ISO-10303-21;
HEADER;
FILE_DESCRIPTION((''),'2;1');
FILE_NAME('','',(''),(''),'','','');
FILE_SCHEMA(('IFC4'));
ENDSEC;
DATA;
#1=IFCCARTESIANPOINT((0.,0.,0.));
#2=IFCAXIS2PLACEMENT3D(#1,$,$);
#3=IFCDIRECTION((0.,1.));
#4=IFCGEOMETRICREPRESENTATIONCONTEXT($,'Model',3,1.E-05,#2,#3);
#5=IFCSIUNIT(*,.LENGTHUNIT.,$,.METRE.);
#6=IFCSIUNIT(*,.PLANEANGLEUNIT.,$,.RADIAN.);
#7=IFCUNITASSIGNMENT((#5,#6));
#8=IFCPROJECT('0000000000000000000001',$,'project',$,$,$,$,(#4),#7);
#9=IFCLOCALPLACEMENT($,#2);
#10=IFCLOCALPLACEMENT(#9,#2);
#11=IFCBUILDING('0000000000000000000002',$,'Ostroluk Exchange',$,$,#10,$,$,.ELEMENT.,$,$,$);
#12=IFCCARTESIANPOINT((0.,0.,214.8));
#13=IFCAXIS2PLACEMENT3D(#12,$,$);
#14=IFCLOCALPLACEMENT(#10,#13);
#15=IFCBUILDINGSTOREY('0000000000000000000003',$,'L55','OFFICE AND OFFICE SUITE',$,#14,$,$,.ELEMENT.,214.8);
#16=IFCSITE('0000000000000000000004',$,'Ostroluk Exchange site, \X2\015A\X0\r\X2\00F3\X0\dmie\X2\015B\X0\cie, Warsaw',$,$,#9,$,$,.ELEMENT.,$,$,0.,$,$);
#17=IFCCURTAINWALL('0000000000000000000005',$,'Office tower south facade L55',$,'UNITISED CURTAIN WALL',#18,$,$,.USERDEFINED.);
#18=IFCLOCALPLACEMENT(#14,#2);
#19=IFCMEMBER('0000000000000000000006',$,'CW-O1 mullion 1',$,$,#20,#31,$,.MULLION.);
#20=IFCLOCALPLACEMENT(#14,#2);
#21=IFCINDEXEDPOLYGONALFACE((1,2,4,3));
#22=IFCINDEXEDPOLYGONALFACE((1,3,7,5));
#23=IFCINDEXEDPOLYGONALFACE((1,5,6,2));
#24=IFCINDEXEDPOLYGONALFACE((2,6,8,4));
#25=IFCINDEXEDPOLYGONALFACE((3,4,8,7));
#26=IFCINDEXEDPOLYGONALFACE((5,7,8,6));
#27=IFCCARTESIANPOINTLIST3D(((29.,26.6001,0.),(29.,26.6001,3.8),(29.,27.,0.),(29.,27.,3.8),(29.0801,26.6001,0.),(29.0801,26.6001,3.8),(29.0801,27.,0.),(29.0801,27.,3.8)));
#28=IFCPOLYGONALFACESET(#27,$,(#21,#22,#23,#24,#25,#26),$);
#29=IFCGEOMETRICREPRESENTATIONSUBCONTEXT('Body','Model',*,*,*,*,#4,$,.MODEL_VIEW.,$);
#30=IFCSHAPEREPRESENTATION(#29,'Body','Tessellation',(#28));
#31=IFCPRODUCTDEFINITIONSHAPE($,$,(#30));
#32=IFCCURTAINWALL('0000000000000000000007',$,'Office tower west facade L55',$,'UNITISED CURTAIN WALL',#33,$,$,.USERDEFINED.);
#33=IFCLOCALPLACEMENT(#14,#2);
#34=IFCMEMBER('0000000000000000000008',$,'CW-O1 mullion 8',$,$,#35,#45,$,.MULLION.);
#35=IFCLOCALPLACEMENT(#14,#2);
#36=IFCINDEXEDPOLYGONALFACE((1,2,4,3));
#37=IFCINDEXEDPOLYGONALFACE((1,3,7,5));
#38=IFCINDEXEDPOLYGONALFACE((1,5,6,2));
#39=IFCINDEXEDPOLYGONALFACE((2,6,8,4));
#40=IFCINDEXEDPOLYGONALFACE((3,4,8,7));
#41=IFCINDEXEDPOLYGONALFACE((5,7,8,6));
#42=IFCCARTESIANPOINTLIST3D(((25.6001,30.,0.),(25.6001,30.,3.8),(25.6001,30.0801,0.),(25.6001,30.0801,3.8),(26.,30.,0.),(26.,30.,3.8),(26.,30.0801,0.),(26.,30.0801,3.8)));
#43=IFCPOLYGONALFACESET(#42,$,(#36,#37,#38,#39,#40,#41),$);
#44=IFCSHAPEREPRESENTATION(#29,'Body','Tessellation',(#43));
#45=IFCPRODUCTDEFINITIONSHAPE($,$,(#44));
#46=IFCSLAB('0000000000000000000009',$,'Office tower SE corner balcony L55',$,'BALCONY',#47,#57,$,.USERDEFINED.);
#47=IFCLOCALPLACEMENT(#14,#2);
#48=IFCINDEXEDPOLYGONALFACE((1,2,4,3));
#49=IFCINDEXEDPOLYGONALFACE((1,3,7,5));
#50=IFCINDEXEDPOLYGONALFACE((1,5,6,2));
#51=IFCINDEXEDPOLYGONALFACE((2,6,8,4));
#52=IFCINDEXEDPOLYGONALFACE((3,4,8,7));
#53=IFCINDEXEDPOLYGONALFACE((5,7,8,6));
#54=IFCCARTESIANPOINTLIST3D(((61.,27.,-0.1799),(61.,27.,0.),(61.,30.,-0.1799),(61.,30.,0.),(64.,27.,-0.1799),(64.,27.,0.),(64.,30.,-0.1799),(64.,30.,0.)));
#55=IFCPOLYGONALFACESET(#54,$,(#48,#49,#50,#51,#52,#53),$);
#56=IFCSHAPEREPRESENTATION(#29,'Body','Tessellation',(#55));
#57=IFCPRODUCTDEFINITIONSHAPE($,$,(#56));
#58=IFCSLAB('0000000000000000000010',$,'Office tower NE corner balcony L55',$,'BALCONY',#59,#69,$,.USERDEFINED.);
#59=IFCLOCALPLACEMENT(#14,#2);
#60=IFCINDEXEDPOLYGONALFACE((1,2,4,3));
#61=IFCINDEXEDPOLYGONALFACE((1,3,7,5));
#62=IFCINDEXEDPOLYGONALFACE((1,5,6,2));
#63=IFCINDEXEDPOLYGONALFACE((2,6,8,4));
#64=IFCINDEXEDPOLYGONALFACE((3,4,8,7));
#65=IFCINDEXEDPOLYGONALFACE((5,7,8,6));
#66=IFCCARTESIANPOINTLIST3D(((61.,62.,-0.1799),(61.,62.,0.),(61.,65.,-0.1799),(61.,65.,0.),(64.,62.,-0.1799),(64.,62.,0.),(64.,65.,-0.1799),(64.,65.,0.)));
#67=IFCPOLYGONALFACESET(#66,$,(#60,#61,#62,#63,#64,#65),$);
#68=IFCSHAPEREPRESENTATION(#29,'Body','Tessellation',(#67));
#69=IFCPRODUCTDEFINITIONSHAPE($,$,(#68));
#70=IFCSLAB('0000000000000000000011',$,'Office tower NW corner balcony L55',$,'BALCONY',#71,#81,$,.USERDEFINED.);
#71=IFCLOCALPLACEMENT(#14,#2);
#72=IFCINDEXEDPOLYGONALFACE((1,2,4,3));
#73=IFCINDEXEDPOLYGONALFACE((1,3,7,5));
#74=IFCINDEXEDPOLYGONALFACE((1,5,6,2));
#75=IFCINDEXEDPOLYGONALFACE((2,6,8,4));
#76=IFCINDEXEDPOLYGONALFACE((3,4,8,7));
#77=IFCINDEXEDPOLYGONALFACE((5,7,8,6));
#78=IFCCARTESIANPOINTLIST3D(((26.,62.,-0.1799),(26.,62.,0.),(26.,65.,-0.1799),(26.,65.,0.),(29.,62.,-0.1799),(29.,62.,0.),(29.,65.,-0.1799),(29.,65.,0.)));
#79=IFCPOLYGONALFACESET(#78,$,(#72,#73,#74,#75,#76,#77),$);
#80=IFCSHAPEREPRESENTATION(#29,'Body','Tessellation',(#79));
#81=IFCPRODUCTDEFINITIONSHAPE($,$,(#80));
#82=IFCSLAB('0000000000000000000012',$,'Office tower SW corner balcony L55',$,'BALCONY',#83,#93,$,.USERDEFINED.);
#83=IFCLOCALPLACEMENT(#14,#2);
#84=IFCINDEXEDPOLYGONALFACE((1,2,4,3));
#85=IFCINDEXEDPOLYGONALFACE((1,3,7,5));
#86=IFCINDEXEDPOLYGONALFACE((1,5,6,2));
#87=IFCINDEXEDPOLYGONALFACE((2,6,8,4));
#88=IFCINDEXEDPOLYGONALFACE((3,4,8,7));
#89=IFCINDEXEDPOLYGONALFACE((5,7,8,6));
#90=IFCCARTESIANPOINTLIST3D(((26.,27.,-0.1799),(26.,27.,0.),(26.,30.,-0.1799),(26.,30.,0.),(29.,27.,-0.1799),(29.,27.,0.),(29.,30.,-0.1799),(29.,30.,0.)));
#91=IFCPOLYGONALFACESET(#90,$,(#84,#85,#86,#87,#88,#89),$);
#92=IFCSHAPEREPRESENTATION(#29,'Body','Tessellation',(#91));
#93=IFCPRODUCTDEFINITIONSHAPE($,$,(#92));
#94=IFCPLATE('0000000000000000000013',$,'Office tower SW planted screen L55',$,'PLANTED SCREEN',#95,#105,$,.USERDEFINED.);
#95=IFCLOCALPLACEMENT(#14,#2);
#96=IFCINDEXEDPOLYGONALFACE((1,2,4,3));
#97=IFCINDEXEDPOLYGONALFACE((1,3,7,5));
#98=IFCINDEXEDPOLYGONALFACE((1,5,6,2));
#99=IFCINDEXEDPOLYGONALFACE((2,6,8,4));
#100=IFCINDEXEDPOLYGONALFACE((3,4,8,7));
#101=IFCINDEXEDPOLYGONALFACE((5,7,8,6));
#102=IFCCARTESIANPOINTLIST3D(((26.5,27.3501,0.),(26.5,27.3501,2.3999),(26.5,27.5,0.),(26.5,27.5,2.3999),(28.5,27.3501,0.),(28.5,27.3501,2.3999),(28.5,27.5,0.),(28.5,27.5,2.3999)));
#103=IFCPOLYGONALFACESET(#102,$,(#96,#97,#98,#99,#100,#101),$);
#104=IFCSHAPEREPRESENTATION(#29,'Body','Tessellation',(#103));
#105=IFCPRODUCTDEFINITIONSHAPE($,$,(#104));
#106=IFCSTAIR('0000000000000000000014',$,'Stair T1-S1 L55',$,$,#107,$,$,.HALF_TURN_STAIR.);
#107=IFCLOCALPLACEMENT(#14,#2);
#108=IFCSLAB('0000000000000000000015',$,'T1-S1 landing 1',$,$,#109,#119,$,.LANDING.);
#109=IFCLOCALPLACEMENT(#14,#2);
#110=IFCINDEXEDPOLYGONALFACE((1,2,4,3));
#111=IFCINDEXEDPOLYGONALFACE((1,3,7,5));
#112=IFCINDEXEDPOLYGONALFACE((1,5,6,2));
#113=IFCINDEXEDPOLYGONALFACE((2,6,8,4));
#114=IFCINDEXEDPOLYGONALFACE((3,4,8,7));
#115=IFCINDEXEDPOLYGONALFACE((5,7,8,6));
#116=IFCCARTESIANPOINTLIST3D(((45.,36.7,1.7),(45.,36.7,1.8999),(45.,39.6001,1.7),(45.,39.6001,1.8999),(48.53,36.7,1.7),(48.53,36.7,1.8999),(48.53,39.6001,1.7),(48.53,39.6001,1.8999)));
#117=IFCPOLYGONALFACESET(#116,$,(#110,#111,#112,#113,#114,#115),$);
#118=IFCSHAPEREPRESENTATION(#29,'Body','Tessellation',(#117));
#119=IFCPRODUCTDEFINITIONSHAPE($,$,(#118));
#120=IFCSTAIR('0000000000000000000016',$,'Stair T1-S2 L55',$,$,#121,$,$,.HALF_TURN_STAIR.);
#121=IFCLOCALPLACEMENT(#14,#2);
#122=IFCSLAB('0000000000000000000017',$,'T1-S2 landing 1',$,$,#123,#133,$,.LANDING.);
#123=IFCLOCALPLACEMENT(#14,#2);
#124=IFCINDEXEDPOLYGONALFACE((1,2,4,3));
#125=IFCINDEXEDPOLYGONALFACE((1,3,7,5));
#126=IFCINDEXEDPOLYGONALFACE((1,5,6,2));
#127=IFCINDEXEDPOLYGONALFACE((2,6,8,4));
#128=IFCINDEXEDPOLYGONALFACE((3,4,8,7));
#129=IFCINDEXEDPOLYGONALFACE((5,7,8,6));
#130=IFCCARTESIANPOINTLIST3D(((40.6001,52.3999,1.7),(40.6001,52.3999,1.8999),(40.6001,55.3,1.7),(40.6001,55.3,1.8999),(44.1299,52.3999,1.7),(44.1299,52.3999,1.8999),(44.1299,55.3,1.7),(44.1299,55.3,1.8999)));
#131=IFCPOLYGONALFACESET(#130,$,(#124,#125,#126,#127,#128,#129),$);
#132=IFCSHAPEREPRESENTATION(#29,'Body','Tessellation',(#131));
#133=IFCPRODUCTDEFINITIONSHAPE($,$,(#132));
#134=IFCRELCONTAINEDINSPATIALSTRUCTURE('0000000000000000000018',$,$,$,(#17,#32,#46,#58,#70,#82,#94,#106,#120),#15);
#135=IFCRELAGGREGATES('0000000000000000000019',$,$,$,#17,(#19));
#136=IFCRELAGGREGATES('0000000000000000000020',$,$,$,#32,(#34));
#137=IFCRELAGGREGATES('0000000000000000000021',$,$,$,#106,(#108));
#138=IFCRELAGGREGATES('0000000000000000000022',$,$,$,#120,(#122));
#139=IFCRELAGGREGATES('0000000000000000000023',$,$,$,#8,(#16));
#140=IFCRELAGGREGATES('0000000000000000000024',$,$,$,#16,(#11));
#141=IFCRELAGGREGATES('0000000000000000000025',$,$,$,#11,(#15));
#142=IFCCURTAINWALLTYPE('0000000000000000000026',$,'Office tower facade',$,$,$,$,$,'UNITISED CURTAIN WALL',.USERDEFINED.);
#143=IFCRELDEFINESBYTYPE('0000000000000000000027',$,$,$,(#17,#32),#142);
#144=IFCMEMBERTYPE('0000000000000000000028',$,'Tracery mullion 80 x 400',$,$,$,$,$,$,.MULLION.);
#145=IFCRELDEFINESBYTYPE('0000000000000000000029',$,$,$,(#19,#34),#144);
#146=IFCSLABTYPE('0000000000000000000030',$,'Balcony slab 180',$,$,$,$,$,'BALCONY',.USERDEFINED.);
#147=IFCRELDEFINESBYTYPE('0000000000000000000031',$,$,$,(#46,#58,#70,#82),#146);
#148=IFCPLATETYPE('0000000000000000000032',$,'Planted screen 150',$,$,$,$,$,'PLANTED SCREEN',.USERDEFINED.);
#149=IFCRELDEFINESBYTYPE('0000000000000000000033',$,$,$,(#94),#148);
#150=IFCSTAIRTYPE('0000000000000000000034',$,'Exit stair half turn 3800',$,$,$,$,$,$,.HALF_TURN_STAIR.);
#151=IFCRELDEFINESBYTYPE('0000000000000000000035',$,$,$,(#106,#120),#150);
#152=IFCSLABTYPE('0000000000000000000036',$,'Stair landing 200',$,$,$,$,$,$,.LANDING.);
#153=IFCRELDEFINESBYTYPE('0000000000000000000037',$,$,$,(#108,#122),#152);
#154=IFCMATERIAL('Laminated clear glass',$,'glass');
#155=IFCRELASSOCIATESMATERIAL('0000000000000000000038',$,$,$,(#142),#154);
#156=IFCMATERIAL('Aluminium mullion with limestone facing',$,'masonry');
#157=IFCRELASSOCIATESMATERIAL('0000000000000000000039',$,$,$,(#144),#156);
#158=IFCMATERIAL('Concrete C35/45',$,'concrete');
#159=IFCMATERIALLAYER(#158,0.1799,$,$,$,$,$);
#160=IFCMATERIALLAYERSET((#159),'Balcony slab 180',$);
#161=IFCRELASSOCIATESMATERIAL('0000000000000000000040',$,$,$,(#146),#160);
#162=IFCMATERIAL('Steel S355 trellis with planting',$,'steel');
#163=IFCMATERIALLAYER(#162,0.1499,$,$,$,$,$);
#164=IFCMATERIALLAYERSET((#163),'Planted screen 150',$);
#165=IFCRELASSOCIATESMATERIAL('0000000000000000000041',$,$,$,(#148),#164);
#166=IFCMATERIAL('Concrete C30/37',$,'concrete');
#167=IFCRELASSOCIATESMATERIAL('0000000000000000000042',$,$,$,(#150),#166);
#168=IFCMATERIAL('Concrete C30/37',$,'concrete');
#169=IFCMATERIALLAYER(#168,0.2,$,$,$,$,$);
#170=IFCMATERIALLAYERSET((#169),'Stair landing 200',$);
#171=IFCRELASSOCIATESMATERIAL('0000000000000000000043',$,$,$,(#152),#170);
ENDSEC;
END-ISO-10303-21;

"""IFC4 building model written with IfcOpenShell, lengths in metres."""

from ifc_helpers import new_model, si_unit, direction, frame, origin, origin_2d, place, context, subcontext, project, spatial, polyline, rectangle, outline, extrude, material, layer, layer_set, material_profile, profile_set, type_object, element, aggregate, save


model = new_model("IFC4")

# Units and contexts
model_context = context("Model", 3, precision=1e-05, world=origin(), true_north=direction((0.0, 1.0)))
body_context = subcontext(model_context, "Body", "Model", "MODEL_VIEW")
ifc_project = project(units=[si_unit("LENGTHUNIT", "METRE"), si_unit("PLANEANGLEUNIT", "RADIAN")], contexts=[model_context])

# Site, building, storey
site_placement = place(None, origin())
site = spatial("IfcSite", under=ifc_project, at=site_placement, Name="Ostroluk Exchange site, Śródmieście, Warsaw", CompositionType="ELEMENT", RefElevation=0.0)
building_placement = place(site_placement, origin())
building = spatial("IfcBuilding", under=site, at=building_placement, Name="Ostroluk Exchange", CompositionType="ELEMENT")
storey_placement = place(building_placement, frame((0.0, 0.0, 214.8)))
storey = spatial("IfcBuildingStorey", under=building, at=storey_placement, Name="L55", Description="OFFICE AND OFFICE SUITE", CompositionType="ELEMENT", Elevation=214.8)

# Curtain wall, member
ifc_material_1 = material(Name="Laminated clear glass", Category="glass")
curtain_wall_type = type_object("IfcCurtainWallType", Name="Office tower facade", ElementType="UNITISED CURTAIN WALL", PredefinedType="USERDEFINED", material=ifc_material_1)
curtain_wall_1_placement = place(storey_placement, origin())
curtain_wall_1 = element("IfcCurtainWall", 1, at=curtain_wall_1_placement, inside=storey, type_object=curtain_wall_type, Name="Office tower south facade L55", ObjectType="UNITISED CURTAIN WALL", PredefinedType="USERDEFINED")
ifc_material_2 = material(Name="Aluminium mullion with limestone facing", Category="masonry")
ifc_material_profile_1 = material_profile(ifc_material_2, rectangle(XDim=0.3999, YDim=0.0801, at=origin_2d()), Name="Tracery mullion 80 x 400")
ifc_profile_set_1 = profile_set([ifc_material_profile_1], Name="Aluminium mullion with limestone facing")
member_type_1 = type_object("IfcMemberType", Name="Tracery mullion 80 x 400", PredefinedType="MULLION", material=ifc_profile_set_1)
member_1_placement = place(storey_placement, frame((29.04, 26.8, 0.0), z_axis=(0.0, 0.0, 1.0), x_axis=(0.0, 1.0, 0.0)))
member_1 = element("IfcMember", 2, at=member_1_placement, type_object=member_type_1, Name="CW-O1 mullion 1", PredefinedType="MULLION", context=body_context, shape_type="SweptSolid", body=[
    extrude(rectangle(XDim=0.3999, YDim=0.0801, at=origin_2d()), origin(), (0.0, 0.0, 1.0), 3.8),
])
aggregate(curtain_wall_1, [member_1])

# Curtain wall, member
curtain_wall_2_placement = place(storey_placement, origin())
curtain_wall_2 = element("IfcCurtainWall", 3, at=curtain_wall_2_placement, inside=storey, type_object=curtain_wall_type, Name="Office tower west facade L55", ObjectType="UNITISED CURTAIN WALL", PredefinedType="USERDEFINED")
member_2_placement = place(storey_placement, frame((25.8, 30.04, 0.0), z_axis=(0.0, 0.0, 1.0), x_axis=(1.0, 0.0, 0.0)))
member_2 = element("IfcMember", 4, at=member_2_placement, type_object=member_type_1, Name="CW-O1 mullion 8", PredefinedType="MULLION", context=body_context, shape_type="SweptSolid", body=[
    extrude(rectangle(XDim=0.3999, YDim=0.0801, at=origin_2d()), origin(), (0.0, 0.0, 1.0), 3.8),
])
aggregate(curtain_wall_2, [member_2])

# Slabs
ifc_material_3 = material(Name="Concrete C35/45", Category="concrete")
ifc_layer_1 = layer(ifc_material_3, 0.1799)
ifc_layer_set_1 = layer_set([ifc_layer_1], Name="Balcony slab 180")
slab_type_1 = type_object("IfcSlabType", Name="Balcony slab 180", ElementType="BALCONY", PredefinedType="USERDEFINED", material=ifc_layer_set_1)
slab_1_placement = place(storey_placement, frame((0.0, 0.0, -0.1799)))
element("IfcSlab", 5, at=slab_1_placement, inside=storey, type_object=slab_type_1, Name="Office tower SE corner balcony L55", ObjectType="BALCONY", PredefinedType="USERDEFINED", context=body_context, shape_type="SweptSolid", body=[
    extrude(outline(polyline([(61.0, 27.0), (64.0, 27.0), (64.0, 30.0), (61.0, 30.0), (61.0, 27.0)])), origin(), (0.0, 0.0, 1.0), 0.1799),
])
slab_2_placement = place(storey_placement, frame((0.0, 0.0, -0.1799)))
element("IfcSlab", 6, at=slab_2_placement, inside=storey, type_object=slab_type_1, Name="Office tower NE corner balcony L55", ObjectType="BALCONY", PredefinedType="USERDEFINED", context=body_context, shape_type="SweptSolid", body=[
    extrude(outline(polyline([(61.0, 62.0), (64.0, 62.0), (64.0, 65.0), (61.0, 65.0), (61.0, 62.0)])), origin(), (0.0, 0.0, 1.0), 0.1799),
])
slab_3_placement = place(storey_placement, frame((0.0, 0.0, -0.1799)))
element("IfcSlab", 7, at=slab_3_placement, inside=storey, type_object=slab_type_1, Name="Office tower NW corner balcony L55", ObjectType="BALCONY", PredefinedType="USERDEFINED", context=body_context, shape_type="SweptSolid", body=[
    extrude(outline(polyline([(26.0, 62.0), (29.0, 62.0), (29.0, 65.0), (26.0, 65.0), (26.0, 62.0)])), origin(), (0.0, 0.0, 1.0), 0.1799),
])
slab_4_placement = place(storey_placement, frame((0.0, 0.0, -0.1799)))
element("IfcSlab", 8, at=slab_4_placement, inside=storey, type_object=slab_type_1, Name="Office tower SW corner balcony L55", ObjectType="BALCONY", PredefinedType="USERDEFINED", context=body_context, shape_type="SweptSolid", body=[
    extrude(outline(polyline([(26.0, 27.0), (29.0, 27.0), (29.0, 30.0), (26.0, 30.0), (26.0, 27.0)])), origin(), (0.0, 0.0, 1.0), 0.1799),
])

# Plate
ifc_material_4 = material(Name="Steel S355 trellis with planting", Category="steel")
ifc_layer_2 = layer(ifc_material_4, 0.1499)
ifc_layer_set_2 = layer_set([ifc_layer_2], Name="Planted screen 150")
plate_type = type_object("IfcPlateType", Name="Planted screen 150", ElementType="PLANTED SCREEN", PredefinedType="USERDEFINED", material=ifc_layer_set_2)
plate_placement = place(storey_placement, frame((27.5, 27.425, 0.0), z_axis=(0.0, 0.0, 1.0), x_axis=(1.0, 0.0, 0.0)))
element("IfcPlate", 9, at=plate_placement, inside=storey, type_object=plate_type, Name="Office tower SW planted screen L55", ObjectType="PLANTED SCREEN", PredefinedType="USERDEFINED", context=body_context, shape_type="SweptSolid", body=[
    extrude(rectangle(XDim=2.0, YDim=0.1499, at=origin_2d()), origin(), (0.0, 0.0, 1.0), 2.3999),
])

# Stairs, slabs
ifc_material_5 = material(Name="Concrete C30/37", Category="concrete")
stair_type = type_object("IfcStairType", Name="Exit stair half turn 3800", PredefinedType="HALF_TURN_STAIR", material=ifc_material_5)
stair_1_placement = place(storey_placement, origin())
stair_1 = element("IfcStair", 10, at=stair_1_placement, inside=storey, type_object=stair_type, Name="Stair T1-S1 L55", PredefinedType="HALF_TURN_STAIR")
ifc_material_6 = material(Name="Concrete C30/37", Category="concrete")
ifc_layer_3 = layer(ifc_material_6, 0.2)
ifc_layer_set_3 = layer_set([ifc_layer_3], Name="Stair landing 200")
slab_type_2 = type_object("IfcSlabType", Name="Stair landing 200", PredefinedType="LANDING", material=ifc_layer_set_3)
slab_5_placement = place(storey_placement, frame((0.0, 0.0, 1.7)))
slab_5 = element("IfcSlab", 11, at=slab_5_placement, type_object=slab_type_2, Name="T1-S1 landing 1", PredefinedType="LANDING", context=body_context, shape_type="SweptSolid", body=[
    extrude(outline(polyline([(45.0, 36.7), (45.0, 39.6001), (48.53, 39.6001), (48.53, 36.7), (45.0, 36.7)])), origin(), (0.0, 0.0, 1.0), 0.2),
])
aggregate(stair_1, [slab_5])
stair_2_placement = place(storey_placement, origin())
stair_2 = element("IfcStair", 12, at=stair_2_placement, inside=storey, type_object=stair_type, Name="Stair T1-S2 L55", PredefinedType="HALF_TURN_STAIR")
slab_6_placement = place(storey_placement, frame((0.0, 0.0, 1.7)))
slab_6 = element("IfcSlab", 13, at=slab_6_placement, type_object=slab_type_2, Name="T1-S2 landing 1", PredefinedType="LANDING", context=body_context, shape_type="SweptSolid", body=[
    extrude(outline(polyline([(44.1299, 52.3999), (44.1299, 55.3), (40.6001, 55.3), (40.6001, 52.3999), (44.1299, 52.3999)])), origin(), (0.0, 0.0, 1.0), 0.2),
])
aggregate(stair_2, [slab_6])

save(model, "model.ifc")
